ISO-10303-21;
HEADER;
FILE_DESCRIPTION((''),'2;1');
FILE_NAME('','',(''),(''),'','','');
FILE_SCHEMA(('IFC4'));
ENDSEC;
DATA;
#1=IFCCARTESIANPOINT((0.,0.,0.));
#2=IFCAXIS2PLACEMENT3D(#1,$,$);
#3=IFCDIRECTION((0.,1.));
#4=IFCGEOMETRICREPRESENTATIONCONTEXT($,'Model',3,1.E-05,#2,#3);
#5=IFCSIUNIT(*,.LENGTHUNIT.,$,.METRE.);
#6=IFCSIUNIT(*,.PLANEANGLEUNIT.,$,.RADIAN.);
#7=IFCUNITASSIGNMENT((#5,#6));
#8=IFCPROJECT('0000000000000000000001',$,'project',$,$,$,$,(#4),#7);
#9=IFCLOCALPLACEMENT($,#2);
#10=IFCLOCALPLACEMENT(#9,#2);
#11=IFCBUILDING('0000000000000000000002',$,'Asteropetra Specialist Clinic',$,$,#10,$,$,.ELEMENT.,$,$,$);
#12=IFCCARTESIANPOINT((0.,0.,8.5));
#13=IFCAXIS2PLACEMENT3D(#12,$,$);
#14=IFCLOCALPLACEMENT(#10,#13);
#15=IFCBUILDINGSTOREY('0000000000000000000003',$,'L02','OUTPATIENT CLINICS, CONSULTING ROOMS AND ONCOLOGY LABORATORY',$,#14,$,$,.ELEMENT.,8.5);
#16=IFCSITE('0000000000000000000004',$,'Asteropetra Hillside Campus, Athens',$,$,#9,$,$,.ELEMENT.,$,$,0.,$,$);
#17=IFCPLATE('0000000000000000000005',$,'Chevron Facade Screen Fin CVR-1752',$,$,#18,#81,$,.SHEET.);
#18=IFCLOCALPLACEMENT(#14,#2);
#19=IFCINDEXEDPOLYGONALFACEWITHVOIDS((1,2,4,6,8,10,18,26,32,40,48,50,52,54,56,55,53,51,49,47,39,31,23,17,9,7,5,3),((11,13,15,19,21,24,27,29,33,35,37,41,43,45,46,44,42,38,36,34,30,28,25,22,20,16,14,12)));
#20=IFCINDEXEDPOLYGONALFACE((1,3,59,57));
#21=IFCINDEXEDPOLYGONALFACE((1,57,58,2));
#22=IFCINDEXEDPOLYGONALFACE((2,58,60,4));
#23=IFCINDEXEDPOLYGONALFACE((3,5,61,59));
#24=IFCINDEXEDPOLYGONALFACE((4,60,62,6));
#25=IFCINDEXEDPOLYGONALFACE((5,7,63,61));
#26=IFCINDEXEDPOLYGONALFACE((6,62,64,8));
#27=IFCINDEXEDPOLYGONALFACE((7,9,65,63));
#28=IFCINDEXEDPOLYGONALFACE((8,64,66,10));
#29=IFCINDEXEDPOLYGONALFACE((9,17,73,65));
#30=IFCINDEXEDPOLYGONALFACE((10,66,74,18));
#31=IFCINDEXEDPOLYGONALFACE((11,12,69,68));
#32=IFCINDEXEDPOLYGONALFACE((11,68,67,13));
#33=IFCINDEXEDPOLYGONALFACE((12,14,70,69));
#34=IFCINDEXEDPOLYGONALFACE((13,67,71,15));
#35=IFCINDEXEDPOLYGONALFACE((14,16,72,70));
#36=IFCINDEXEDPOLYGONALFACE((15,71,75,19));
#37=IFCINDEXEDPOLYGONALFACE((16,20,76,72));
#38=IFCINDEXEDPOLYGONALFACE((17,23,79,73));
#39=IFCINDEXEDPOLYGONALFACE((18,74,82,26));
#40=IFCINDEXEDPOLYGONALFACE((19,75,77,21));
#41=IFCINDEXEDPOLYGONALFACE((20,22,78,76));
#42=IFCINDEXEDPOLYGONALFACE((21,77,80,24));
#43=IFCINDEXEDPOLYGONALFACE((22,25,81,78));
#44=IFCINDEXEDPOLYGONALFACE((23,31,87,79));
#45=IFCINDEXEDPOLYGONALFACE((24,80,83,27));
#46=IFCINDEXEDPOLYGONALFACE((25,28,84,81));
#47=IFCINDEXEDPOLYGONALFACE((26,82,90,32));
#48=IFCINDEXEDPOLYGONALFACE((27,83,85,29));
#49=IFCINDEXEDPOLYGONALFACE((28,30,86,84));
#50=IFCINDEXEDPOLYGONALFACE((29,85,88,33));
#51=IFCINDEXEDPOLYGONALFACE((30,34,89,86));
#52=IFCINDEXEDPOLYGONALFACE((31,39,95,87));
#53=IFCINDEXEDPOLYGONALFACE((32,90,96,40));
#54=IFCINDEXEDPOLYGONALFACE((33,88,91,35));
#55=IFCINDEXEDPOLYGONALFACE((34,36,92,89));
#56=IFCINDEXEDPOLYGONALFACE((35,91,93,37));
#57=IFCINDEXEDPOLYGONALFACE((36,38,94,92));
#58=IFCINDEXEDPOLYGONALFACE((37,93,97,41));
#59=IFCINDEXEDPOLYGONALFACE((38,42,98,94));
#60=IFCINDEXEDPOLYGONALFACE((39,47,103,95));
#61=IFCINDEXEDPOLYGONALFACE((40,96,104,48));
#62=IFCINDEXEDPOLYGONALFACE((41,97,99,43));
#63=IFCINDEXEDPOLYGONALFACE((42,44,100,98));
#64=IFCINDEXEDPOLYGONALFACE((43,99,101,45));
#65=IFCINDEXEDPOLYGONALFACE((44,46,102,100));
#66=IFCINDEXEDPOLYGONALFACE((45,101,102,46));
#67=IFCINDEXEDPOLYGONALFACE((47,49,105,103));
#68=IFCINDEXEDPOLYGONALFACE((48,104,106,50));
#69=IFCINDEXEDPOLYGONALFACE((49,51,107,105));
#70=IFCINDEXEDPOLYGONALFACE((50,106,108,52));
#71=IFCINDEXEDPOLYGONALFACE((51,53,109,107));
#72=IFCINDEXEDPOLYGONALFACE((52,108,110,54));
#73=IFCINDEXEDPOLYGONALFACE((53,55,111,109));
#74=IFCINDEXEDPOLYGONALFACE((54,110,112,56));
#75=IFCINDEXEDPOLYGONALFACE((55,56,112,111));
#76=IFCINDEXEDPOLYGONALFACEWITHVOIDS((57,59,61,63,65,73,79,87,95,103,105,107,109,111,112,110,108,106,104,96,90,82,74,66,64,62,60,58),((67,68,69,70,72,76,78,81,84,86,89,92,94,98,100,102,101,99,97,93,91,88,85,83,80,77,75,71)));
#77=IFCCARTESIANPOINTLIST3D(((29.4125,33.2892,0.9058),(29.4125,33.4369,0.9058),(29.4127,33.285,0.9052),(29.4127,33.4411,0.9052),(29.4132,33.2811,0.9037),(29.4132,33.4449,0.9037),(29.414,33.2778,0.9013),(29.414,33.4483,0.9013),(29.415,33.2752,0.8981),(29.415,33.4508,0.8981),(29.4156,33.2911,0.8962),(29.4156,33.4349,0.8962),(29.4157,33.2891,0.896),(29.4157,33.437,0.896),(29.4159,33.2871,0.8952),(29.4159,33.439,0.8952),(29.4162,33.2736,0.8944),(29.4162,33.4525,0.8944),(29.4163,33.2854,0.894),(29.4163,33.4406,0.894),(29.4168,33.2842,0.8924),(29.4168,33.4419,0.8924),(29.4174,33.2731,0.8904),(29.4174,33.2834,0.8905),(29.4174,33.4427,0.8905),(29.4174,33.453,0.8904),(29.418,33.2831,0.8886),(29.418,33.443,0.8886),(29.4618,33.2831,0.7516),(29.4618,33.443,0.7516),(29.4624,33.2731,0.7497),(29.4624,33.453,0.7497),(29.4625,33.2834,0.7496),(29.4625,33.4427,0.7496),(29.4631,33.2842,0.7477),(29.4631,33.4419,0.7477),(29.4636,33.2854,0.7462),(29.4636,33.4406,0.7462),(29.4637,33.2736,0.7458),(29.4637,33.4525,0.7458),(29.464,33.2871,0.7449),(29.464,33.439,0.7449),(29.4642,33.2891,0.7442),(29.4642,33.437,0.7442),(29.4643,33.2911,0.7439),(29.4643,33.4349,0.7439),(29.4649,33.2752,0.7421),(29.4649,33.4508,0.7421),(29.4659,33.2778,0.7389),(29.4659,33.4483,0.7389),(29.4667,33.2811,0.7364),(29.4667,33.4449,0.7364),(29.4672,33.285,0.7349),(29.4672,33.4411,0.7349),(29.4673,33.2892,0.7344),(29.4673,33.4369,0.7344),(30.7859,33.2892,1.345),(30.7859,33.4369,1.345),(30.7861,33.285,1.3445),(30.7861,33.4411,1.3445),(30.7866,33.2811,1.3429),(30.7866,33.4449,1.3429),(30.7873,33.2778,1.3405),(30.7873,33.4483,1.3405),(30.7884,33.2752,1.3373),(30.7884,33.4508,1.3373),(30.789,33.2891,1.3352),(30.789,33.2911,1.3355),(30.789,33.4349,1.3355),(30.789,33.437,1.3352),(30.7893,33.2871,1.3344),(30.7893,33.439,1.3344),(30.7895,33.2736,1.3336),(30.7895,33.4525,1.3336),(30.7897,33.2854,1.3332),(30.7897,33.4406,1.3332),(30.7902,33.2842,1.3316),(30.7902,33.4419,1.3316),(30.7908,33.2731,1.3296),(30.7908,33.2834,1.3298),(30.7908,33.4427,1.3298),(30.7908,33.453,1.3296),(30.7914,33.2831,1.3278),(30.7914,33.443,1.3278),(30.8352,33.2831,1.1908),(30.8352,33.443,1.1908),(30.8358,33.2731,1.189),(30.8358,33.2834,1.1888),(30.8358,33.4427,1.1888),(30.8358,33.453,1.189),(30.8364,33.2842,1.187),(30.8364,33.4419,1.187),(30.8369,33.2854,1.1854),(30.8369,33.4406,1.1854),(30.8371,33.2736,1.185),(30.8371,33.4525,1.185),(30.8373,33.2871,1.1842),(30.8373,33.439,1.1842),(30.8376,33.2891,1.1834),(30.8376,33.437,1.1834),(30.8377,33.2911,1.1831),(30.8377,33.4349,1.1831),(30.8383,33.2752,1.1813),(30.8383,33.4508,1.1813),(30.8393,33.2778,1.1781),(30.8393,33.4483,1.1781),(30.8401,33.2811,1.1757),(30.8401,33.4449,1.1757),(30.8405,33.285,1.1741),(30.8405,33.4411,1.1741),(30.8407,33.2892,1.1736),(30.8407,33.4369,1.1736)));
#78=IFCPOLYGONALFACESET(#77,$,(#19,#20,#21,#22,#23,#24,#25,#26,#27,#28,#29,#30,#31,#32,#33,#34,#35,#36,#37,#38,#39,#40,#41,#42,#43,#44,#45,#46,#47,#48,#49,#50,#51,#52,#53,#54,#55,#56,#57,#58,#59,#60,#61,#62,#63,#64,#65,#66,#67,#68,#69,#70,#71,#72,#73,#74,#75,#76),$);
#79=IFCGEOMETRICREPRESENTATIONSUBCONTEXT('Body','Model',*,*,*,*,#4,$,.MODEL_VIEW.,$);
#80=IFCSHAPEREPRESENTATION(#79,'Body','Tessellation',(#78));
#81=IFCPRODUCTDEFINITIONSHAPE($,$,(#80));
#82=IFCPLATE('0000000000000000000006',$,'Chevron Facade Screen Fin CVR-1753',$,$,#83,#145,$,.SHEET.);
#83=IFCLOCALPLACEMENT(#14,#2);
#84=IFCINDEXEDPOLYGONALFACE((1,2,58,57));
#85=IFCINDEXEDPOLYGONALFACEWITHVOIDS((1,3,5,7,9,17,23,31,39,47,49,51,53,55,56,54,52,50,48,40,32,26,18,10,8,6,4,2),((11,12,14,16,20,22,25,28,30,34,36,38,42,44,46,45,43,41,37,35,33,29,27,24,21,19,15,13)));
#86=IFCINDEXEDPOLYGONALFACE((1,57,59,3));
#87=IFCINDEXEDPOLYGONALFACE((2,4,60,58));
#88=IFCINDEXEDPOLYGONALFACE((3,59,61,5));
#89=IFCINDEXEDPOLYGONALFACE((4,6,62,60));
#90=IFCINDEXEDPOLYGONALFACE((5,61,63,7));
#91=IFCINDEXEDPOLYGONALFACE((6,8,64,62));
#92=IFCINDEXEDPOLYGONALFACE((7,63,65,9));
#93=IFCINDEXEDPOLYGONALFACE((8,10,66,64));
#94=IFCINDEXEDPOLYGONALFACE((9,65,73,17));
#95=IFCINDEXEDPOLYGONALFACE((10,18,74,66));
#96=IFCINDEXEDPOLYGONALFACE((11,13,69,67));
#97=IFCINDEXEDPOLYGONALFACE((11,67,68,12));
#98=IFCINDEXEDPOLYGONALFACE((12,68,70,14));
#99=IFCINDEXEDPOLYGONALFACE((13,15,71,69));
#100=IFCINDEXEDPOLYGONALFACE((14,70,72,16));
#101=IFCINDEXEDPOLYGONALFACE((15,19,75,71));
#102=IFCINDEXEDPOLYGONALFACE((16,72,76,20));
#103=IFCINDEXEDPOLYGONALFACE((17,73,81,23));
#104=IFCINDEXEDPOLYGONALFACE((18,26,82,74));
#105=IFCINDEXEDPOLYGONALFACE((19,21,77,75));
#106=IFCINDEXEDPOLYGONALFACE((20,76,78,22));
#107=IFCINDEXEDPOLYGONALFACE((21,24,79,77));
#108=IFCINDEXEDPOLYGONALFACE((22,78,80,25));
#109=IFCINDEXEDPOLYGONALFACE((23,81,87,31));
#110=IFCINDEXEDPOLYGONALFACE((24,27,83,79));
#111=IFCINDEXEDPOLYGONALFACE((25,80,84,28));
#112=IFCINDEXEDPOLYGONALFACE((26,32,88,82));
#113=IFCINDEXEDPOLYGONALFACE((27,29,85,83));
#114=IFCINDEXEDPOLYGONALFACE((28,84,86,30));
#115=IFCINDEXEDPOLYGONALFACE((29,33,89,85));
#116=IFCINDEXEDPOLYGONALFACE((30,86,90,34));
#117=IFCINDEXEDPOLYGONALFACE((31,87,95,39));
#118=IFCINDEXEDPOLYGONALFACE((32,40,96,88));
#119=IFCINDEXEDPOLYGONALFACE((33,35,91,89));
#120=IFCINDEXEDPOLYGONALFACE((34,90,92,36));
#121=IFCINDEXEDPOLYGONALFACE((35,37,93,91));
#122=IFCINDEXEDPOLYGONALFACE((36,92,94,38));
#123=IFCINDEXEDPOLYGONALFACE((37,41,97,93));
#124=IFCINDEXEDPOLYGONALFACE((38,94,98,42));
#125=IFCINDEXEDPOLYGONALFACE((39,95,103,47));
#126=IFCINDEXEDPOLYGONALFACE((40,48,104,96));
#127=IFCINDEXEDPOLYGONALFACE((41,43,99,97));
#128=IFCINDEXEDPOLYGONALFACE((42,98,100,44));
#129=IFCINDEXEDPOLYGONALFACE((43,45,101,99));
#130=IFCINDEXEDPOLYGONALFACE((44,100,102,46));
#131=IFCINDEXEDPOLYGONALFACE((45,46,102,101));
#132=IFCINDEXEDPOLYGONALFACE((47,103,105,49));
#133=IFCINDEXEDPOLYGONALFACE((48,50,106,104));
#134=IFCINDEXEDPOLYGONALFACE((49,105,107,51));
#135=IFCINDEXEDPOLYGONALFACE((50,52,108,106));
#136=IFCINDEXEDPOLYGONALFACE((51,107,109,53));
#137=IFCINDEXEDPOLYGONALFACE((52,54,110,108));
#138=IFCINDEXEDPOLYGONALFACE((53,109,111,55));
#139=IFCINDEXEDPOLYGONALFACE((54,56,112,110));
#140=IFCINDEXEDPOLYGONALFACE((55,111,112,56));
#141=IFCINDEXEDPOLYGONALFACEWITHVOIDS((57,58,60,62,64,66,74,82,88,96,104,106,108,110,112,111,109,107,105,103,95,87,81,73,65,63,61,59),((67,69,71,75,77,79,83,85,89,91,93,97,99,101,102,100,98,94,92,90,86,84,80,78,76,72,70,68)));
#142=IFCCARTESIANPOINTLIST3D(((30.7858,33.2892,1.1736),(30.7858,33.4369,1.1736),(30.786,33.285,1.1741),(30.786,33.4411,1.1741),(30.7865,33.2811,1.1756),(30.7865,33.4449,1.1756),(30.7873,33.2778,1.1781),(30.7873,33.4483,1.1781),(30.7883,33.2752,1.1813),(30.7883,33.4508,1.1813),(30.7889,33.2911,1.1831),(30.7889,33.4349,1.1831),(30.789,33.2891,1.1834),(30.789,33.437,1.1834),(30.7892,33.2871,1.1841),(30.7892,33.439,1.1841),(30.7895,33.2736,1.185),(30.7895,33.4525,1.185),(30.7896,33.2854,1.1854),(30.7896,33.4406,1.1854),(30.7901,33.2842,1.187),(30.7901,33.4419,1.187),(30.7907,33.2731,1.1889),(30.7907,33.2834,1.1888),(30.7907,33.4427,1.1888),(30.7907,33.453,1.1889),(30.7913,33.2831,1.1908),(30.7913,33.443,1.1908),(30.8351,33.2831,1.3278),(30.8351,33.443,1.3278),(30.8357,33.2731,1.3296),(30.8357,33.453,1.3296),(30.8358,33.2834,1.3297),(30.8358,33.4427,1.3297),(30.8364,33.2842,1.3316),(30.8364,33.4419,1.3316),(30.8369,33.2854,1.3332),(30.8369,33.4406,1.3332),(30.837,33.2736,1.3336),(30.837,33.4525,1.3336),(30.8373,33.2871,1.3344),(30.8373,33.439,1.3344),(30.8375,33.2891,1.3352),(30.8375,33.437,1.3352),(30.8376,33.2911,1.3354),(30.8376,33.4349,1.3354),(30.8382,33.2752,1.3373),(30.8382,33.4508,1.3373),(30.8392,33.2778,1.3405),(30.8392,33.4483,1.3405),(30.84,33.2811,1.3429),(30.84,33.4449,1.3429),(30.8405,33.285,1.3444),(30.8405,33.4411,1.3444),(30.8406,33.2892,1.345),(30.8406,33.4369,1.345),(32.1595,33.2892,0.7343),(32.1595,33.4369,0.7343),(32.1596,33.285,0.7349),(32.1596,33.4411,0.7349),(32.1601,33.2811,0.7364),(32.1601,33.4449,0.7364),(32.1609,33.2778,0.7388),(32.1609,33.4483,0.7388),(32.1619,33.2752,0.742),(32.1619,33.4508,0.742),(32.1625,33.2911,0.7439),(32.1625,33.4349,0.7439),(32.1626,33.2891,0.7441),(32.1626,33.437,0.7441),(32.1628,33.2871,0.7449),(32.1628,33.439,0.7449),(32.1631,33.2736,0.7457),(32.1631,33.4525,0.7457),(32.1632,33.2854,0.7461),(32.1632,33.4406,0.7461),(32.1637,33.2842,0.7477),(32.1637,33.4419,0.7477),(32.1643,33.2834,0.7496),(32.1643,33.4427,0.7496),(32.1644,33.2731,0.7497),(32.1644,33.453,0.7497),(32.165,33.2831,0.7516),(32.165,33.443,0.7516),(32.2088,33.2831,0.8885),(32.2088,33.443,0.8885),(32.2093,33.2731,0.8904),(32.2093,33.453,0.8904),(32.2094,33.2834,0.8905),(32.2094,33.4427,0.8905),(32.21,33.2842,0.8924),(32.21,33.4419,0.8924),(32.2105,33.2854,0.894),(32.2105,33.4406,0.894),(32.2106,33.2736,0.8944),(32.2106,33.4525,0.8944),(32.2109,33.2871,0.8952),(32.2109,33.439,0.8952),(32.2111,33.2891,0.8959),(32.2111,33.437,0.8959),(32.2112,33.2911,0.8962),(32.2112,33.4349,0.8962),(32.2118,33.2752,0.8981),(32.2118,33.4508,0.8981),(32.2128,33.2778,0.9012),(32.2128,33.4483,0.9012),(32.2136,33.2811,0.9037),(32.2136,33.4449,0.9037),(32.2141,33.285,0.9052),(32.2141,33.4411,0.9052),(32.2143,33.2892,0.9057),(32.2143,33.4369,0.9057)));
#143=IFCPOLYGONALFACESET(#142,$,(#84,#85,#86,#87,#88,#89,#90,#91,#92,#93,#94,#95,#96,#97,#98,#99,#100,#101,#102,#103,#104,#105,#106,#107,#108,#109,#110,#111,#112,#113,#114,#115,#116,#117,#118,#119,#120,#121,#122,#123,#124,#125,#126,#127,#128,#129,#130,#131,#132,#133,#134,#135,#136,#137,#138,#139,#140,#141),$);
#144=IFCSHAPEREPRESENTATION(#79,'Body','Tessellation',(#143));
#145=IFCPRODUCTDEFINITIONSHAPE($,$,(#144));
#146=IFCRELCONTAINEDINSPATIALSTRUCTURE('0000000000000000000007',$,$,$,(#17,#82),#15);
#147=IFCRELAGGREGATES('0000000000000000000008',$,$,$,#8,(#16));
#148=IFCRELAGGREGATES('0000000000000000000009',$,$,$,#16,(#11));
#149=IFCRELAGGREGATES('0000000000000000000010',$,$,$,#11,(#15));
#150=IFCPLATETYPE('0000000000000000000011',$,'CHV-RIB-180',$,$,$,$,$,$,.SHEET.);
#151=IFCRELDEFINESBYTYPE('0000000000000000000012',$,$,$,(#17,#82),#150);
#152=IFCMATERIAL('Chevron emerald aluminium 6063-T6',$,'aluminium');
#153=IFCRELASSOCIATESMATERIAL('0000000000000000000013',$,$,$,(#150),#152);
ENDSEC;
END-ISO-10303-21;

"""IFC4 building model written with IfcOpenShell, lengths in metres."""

from ifc_helpers import new_model, si_unit, direction, frame, origin, origin_2d, place, context, subcontext, project, spatial, hollow_rectangle, extrude, material, material_profile, profile_set, type_object, element, save


model = new_model("IFC4")

# Units and contexts
model_context = context("Model", 3, precision=1e-05, world=origin(), true_north=direction((0.0, 1.0)))
body_context = subcontext(model_context, "Body", "Model", "MODEL_VIEW")
ifc_project = project(units=[si_unit("LENGTHUNIT", "METRE"), si_unit("PLANEANGLEUNIT", "RADIAN")], contexts=[model_context])

# Site, building, storey
site_placement = place(None, origin())
site = spatial("IfcSite", under=ifc_project, at=site_placement, Name="Asteropetra Hillside Campus, Athens", CompositionType="ELEMENT", RefElevation=0.0)
building_placement = place(site_placement, origin())
building = spatial("IfcBuilding", under=site, at=building_placement, Name="Asteropetra Specialist Clinic", CompositionType="ELEMENT")
storey_placement = place(building_placement, frame((0.0, 0.0, 8.5)))
storey = spatial("IfcBuildingStorey", under=building, at=storey_placement, Name="L02", Description="OUTPATIENT CLINICS, CONSULTING ROOMS AND ONCOLOGY LABORATORY", CompositionType="ELEMENT", Elevation=8.5)

# Plates
ifc_material_1 = material(Name="Chevron emerald aluminium 6063-T6", Category="aluminium")
ifc_material_profile_1 = material_profile(ifc_material_1, hollow_rectangle(XDim=0.1799, YDim=0.1799, WallThickness=0.01, InnerFilletRadius=0.0081, OuterFilletRadius=0.0161, at=origin_2d()), Name="SHS 180x180x10.0")
ifc_profile_set_1 = profile_set([ifc_material_profile_1], Name="Chevron emerald aluminium 6063-T6")
plate_type = type_object("IfcPlateType", Name="CHV-RIB-180", PredefinedType="SHEET", material=ifc_profile_set_1)
plate_1_placement = place(storey_placement, frame((29.4399, 33.363, 0.8201), z_axis=(0.952473, 0.0, 0.304622), x_axis=(0.0, 1.0, 0.0)))
element("IfcPlate", 1, at=plate_1_placement, inside=storey, type_object=plate_type, Name="Chevron Facade Screen Fin CVR-1752", PredefinedType="SHEET", context=body_context, shape_type="SweptSolid", body=[
    extrude(hollow_rectangle(XDim=0.1799, YDim=0.1799, WallThickness=0.01, InnerFilletRadius=0.0081, OuterFilletRadius=0.0161, at=origin_2d()), origin(), (0.0, 0.0, 1.0), 1.4419),
])
plate_2_placement = place(storey_placement, frame((30.8132, 33.363, 1.2593), z_axis=(0.952489, 0.0, -0.304573), x_axis=(0.0, 1.0, 0.0)))
element("IfcPlate", 2, at=plate_2_placement, inside=storey, type_object=plate_type, Name="Chevron Facade Screen Fin CVR-1753", PredefinedType="SHEET", context=body_context, shape_type="SweptSolid", body=[
    extrude(hollow_rectangle(XDim=0.1799, YDim=0.1799, WallThickness=0.01, InnerFilletRadius=0.0081, OuterFilletRadius=0.0161, at=origin_2d()), origin(), (0.0, 0.0, 1.0), 1.4421),
])

save(model, "model.ifc")
